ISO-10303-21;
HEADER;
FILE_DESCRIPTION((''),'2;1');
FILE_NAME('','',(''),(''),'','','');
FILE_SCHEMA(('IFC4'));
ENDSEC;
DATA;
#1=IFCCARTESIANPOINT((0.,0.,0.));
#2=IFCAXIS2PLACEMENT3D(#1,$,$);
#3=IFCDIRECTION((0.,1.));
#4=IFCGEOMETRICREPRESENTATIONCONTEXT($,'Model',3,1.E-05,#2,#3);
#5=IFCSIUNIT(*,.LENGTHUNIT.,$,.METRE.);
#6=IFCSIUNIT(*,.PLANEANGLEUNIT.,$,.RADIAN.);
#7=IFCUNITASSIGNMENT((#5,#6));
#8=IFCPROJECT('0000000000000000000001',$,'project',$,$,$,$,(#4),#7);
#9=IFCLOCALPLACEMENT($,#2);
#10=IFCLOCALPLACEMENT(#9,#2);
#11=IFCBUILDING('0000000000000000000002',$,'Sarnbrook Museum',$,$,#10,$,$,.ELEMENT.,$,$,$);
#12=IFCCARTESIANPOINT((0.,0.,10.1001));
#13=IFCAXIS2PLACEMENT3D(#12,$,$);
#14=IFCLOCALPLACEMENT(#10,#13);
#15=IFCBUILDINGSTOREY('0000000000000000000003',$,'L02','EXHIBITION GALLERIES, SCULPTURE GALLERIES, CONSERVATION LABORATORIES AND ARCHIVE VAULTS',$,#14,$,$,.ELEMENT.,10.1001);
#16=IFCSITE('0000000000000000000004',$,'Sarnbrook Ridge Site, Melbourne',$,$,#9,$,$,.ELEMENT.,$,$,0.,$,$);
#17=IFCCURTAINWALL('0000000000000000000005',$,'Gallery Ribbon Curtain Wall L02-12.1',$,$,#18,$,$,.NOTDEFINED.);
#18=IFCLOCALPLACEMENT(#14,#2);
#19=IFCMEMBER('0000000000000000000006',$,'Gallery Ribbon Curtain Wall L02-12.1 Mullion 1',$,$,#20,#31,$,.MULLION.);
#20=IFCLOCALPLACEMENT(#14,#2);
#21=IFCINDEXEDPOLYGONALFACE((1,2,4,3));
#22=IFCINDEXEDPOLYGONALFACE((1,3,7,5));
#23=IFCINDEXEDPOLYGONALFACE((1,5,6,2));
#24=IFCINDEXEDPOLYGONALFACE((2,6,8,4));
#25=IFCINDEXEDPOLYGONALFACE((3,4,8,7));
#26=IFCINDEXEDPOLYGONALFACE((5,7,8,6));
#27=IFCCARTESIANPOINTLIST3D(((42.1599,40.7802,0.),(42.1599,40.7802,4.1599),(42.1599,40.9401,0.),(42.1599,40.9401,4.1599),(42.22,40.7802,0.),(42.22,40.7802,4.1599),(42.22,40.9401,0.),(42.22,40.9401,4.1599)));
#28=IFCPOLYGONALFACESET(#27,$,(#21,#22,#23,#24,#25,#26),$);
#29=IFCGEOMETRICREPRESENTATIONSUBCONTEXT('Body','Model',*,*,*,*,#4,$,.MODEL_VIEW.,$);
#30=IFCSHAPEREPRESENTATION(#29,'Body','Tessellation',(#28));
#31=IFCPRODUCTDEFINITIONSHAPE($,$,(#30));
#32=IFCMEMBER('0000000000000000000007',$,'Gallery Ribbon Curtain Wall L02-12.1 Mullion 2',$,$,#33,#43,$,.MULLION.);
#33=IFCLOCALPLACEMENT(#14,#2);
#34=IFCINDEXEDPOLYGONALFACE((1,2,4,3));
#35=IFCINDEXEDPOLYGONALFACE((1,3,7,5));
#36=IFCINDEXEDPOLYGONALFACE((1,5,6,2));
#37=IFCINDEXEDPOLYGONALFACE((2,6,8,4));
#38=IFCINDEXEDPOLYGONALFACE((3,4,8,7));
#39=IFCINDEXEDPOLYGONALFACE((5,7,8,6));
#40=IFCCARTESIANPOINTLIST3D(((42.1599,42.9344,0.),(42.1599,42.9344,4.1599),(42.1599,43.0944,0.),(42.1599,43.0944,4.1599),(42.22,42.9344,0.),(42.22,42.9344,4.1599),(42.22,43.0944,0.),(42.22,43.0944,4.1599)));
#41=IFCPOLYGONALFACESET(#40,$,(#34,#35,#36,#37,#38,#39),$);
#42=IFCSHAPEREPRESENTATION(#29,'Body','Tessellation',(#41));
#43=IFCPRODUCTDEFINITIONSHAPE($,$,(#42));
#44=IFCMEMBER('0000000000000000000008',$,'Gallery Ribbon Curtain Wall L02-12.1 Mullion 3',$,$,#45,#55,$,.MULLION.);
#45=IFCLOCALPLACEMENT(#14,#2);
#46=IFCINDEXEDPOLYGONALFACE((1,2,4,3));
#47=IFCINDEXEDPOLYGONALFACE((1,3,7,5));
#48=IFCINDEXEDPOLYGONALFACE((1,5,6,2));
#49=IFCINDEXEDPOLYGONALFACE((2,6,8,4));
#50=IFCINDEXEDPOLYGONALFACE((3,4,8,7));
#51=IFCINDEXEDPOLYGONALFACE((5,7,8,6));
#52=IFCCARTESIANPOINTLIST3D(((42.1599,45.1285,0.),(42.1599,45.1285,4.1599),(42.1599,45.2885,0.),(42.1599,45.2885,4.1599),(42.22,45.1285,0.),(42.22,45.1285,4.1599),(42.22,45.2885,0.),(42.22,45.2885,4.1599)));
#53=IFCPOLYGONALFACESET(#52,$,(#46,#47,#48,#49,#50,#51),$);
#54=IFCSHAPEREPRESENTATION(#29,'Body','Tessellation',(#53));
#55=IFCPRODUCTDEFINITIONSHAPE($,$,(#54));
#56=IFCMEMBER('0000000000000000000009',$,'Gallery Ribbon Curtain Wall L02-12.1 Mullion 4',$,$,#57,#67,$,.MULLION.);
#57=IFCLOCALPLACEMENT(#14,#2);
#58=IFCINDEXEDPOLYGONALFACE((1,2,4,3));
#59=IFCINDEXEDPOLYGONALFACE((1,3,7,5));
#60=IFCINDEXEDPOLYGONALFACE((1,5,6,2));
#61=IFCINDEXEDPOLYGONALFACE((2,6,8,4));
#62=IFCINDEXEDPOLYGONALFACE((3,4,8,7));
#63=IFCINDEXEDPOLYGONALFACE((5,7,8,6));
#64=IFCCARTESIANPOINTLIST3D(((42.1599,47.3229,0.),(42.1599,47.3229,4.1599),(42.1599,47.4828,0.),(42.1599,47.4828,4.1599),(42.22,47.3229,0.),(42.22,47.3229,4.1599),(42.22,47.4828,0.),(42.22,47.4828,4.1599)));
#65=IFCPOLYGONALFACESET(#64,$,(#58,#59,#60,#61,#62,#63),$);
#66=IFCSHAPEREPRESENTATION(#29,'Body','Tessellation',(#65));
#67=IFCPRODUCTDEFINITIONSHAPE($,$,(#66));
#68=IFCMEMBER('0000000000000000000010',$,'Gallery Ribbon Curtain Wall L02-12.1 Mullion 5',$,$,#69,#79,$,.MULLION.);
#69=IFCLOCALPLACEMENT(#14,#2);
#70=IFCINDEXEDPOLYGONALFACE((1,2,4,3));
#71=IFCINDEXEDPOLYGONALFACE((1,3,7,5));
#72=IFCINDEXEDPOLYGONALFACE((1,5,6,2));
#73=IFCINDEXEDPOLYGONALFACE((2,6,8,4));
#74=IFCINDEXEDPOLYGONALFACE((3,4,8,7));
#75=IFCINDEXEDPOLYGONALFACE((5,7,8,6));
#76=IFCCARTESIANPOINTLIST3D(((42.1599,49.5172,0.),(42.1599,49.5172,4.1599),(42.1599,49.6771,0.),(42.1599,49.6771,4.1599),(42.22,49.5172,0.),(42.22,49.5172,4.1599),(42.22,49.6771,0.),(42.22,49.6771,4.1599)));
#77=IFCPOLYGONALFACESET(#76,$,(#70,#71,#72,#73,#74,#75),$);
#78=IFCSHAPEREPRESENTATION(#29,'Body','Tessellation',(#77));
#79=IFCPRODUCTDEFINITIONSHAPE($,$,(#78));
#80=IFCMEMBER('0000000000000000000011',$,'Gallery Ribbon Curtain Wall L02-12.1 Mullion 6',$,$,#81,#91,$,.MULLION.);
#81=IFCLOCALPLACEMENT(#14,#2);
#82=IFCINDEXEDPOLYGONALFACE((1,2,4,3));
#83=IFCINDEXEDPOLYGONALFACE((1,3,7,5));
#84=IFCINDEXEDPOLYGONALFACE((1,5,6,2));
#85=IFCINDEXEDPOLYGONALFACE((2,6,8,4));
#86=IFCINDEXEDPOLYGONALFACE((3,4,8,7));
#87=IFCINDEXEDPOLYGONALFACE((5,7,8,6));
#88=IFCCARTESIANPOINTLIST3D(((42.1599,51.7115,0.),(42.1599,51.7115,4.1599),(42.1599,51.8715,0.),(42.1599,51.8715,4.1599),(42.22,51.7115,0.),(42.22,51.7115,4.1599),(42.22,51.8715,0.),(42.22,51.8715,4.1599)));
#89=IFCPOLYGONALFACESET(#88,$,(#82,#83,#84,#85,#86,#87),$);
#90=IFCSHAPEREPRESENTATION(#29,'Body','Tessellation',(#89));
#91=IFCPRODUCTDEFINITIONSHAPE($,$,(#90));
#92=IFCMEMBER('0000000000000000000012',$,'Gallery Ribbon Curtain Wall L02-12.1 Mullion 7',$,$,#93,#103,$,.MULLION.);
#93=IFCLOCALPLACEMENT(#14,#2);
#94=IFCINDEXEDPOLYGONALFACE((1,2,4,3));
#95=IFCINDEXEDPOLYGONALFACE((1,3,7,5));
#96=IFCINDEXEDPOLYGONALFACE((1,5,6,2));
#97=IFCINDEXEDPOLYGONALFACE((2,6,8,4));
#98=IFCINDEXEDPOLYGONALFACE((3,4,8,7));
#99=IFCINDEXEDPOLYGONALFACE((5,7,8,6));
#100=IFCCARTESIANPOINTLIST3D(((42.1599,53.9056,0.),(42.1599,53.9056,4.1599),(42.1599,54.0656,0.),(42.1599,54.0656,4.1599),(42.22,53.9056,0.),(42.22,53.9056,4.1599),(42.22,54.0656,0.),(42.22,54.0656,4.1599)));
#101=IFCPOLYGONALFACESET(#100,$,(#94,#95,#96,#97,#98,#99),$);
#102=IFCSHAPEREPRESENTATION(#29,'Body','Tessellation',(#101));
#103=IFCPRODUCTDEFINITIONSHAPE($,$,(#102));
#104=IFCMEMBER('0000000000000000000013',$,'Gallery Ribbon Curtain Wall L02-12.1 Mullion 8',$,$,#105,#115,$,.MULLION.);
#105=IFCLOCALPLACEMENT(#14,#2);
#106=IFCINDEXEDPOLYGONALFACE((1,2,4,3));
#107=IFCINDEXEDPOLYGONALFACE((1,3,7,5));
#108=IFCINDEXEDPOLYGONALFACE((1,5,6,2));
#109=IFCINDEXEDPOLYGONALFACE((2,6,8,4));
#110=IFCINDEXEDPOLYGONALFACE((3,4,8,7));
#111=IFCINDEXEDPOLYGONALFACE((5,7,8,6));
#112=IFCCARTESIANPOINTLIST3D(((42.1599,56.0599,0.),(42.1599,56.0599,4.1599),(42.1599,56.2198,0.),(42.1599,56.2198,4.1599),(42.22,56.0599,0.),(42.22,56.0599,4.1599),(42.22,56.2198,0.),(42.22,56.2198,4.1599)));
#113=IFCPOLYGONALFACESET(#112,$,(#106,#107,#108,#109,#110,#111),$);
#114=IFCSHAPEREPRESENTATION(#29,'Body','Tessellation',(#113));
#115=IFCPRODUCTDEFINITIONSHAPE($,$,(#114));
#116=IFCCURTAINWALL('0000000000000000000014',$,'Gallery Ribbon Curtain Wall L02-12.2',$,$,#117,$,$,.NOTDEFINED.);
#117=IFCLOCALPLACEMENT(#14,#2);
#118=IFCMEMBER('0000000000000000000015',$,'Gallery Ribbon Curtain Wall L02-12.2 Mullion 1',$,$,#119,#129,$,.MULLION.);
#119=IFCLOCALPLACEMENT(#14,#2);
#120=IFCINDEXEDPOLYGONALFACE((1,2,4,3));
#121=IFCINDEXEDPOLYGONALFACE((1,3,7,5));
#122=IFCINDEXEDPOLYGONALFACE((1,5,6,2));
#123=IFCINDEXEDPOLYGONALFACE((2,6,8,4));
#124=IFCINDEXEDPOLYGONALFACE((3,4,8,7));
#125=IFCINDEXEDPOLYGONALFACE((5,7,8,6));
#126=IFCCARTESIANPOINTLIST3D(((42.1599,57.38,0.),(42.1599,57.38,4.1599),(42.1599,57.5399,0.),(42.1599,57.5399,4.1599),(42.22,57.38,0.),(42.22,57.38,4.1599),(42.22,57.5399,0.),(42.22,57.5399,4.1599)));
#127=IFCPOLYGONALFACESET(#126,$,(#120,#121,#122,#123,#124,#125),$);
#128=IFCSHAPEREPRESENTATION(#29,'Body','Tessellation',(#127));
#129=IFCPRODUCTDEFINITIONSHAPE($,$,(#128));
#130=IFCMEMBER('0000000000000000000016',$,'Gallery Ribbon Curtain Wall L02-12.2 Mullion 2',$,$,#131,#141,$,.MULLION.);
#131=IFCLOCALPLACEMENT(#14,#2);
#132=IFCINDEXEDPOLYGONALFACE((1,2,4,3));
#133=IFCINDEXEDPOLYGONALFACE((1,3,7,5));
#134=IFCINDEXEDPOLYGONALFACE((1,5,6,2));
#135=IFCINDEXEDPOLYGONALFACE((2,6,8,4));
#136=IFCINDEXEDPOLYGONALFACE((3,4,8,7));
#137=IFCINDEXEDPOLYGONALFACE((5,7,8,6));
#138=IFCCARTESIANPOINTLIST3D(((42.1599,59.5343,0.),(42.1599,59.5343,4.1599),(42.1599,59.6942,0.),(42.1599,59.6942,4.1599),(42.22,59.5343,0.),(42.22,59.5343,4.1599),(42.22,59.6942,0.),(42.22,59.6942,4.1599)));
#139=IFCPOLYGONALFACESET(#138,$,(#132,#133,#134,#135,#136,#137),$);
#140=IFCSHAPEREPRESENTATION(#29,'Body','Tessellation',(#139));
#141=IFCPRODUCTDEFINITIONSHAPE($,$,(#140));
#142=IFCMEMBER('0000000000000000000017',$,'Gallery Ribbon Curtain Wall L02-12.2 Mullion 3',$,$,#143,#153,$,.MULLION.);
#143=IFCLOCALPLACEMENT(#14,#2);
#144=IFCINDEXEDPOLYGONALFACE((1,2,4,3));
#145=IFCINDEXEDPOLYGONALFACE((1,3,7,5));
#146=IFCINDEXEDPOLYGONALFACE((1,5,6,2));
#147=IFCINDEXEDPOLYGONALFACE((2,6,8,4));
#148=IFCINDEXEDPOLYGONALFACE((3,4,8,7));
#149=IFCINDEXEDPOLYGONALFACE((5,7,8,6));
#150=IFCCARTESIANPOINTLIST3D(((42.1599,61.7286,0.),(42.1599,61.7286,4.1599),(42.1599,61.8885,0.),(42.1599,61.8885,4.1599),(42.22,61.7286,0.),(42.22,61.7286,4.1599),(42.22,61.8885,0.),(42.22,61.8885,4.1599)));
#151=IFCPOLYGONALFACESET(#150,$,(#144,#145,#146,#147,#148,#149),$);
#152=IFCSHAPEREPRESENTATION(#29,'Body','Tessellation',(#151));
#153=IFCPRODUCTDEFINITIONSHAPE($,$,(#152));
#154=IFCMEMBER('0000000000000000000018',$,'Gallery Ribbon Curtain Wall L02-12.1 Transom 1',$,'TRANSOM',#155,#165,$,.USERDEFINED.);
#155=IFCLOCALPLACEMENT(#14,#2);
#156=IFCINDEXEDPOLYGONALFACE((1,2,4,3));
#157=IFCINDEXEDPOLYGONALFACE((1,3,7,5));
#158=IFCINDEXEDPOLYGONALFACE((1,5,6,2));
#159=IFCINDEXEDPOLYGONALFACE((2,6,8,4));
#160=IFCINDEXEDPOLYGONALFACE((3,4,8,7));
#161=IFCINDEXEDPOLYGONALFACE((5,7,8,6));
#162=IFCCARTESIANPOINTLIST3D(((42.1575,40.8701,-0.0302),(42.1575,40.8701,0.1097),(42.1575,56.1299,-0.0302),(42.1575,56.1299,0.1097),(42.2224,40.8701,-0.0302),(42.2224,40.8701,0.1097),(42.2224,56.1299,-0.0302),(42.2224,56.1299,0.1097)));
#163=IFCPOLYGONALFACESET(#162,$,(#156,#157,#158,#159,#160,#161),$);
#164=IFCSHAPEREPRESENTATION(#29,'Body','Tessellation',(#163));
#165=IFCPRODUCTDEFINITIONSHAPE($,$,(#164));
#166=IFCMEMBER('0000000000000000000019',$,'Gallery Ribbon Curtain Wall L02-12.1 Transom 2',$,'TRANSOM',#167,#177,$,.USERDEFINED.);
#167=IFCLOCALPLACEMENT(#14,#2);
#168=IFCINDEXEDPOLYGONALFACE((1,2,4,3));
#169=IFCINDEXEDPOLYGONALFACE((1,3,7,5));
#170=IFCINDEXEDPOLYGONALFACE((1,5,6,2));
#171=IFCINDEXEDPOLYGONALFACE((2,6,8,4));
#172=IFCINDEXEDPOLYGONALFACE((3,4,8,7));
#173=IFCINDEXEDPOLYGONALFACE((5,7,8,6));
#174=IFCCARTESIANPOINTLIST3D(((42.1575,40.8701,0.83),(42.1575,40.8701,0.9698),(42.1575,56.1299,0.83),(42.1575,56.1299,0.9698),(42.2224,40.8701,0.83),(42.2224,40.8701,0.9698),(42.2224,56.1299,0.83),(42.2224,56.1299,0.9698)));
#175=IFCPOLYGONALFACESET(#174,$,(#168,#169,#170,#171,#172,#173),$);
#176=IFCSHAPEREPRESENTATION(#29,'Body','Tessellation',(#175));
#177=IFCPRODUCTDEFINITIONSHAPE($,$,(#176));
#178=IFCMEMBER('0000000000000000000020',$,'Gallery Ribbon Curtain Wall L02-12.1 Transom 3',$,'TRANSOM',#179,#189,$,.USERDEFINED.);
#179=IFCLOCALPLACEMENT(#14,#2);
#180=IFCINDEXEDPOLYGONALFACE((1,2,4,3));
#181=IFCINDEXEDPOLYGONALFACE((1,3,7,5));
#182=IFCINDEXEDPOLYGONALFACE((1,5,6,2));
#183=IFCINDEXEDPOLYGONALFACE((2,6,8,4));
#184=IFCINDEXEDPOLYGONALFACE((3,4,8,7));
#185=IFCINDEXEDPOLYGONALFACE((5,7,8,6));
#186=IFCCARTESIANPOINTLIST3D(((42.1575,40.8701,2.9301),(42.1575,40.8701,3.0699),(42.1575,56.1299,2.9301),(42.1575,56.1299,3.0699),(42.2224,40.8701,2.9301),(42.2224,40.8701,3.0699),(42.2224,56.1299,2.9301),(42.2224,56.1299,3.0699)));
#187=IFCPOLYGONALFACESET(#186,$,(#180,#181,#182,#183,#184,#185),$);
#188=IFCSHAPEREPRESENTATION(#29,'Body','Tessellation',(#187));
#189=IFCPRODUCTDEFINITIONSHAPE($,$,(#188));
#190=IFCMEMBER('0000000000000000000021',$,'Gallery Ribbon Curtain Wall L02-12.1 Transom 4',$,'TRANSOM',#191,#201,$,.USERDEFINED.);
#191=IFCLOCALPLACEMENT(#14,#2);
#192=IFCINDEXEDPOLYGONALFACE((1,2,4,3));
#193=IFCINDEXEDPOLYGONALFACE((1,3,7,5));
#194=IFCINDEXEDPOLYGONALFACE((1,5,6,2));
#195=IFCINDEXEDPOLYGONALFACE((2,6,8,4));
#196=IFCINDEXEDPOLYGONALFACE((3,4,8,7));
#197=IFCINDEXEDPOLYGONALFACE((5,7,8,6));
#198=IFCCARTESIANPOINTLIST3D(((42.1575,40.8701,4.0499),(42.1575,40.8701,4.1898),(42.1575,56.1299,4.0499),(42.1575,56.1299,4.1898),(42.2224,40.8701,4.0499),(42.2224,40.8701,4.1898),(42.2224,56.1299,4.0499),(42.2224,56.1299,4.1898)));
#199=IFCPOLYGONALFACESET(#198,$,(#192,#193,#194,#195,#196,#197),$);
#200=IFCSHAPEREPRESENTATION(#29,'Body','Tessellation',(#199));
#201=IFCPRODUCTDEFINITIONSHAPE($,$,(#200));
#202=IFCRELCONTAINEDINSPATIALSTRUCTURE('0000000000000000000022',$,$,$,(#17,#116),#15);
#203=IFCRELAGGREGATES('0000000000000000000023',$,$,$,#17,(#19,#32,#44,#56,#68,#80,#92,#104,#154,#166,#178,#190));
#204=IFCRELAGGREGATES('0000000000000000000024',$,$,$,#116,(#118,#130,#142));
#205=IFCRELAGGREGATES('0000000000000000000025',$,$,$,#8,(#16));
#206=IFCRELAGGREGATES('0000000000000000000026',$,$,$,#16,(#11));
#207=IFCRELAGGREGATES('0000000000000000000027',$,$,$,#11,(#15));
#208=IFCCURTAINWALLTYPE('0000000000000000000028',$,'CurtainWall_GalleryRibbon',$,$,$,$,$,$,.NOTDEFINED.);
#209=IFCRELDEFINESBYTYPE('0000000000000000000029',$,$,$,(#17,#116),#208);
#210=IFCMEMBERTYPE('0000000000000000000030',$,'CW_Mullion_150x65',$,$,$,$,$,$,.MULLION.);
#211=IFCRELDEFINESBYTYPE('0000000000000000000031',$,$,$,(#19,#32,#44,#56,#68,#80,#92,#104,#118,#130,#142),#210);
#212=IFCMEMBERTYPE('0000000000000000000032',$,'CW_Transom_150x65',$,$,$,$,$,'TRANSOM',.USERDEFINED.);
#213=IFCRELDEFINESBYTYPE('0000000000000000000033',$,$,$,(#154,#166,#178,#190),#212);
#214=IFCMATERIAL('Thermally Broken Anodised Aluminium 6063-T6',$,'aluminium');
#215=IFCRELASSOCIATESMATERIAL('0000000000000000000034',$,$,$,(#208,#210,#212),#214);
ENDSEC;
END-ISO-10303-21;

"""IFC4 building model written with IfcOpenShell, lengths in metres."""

from ifc_helpers import new_model, si_unit, direction, frame, origin, origin_2d, place, context, subcontext, project, spatial, rectangle, extrude, material, material_profile, profile_set, type_object, element, aggregate, save


model = new_model("IFC4")

# Units and contexts
model_context = context("Model", 3, precision=1e-05, world=origin(), true_north=direction((0.0, 1.0)))
body_context = subcontext(model_context, "Body", "Model", "MODEL_VIEW")
ifc_project = project(units=[si_unit("LENGTHUNIT", "METRE"), si_unit("PLANEANGLEUNIT", "RADIAN")], contexts=[model_context])

# Site, building, storey
site_placement = place(None, origin())
site = spatial("IfcSite", under=ifc_project, at=site_placement, Name="Sarnbrook Ridge Site, Melbourne", CompositionType="ELEMENT", RefElevation=0.0)
building_placement = place(site_placement, origin())
building = spatial("IfcBuilding", under=site, at=building_placement, Name="Sarnbrook Museum", CompositionType="ELEMENT")
storey_placement = place(building_placement, frame((0.0, 0.0, 10.1001)))
storey = spatial("IfcBuildingStorey", under=building, at=storey_placement, Name="L02", Description="EXHIBITION GALLERIES, SCULPTURE GALLERIES, CONSERVATION LABORATORIES AND ARCHIVE VAULTS", CompositionType="ELEMENT", Elevation=10.1001)

# Curtain walls, members
ifc_material_1 = material(Name="Thermally Broken Anodised Aluminium 6063-T6", Category="aluminium")
curtain_wall_type = type_object("IfcCurtainWallType", Name="CurtainWall_GalleryRibbon", PredefinedType="NOTDEFINED", material=ifc_material_1)
curtain_wall_1_placement = place(storey_placement, origin())
curtain_wall_1 = element("IfcCurtainWall", 1, at=curtain_wall_1_placement, inside=storey, type_object=curtain_wall_type, Name="Gallery Ribbon Curtain Wall L02-12.1", PredefinedType="NOTDEFINED")
ifc_material_profile_1 = material_profile(ifc_material_1, rectangle(XDim=0.0601, YDim=0.1599, at=origin_2d()), Name="ALU MULLION 60x160")
ifc_profile_set_1 = profile_set([ifc_material_profile_1], Name="Thermally Broken Anodised Aluminium 6063-T6")
member_type_1 = type_object("IfcMemberType", Name="CW_Mullion_150x65", PredefinedType="MULLION", material=ifc_profile_set_1)
member_1_placement = place(storey_placement, frame((42.1899, 40.8601, 0.0), z_axis=(0.0, 0.0, 1.0), x_axis=(1.0, 0.0, 0.0)))
member_1 = element("IfcMember", 2, at=member_1_placement, type_object=member_type_1, Name="Gallery Ribbon Curtain Wall L02-12.1 Mullion 1", PredefinedType="MULLION", context=body_context, shape_type="SweptSolid", body=[
    extrude(rectangle(XDim=0.0601, YDim=0.1599, at=origin_2d()), origin(), (0.0, 0.0, 1.0), 4.1599),
])
member_2_placement = place(storey_placement, frame((42.1899, 43.0144, 0.0), z_axis=(0.0, 0.0, 1.0), x_axis=(1.0, 0.0, 0.0)))
member_2 = element("IfcMember", 3, at=member_2_placement, type_object=member_type_1, Name="Gallery Ribbon Curtain Wall L02-12.1 Mullion 2", PredefinedType="MULLION", context=body_context, shape_type="SweptSolid", body=[
    extrude(rectangle(XDim=0.0601, YDim=0.1599, at=origin_2d()), origin(), (0.0, 0.0, 1.0), 4.1599),
])
member_3_placement = place(storey_placement, frame((42.1899, 45.2085, 0.0), z_axis=(0.0, 0.0, 1.0), x_axis=(1.0, 0.0, 0.0)))
member_3 = element("IfcMember", 4, at=member_3_placement, type_object=member_type_1, Name="Gallery Ribbon Curtain Wall L02-12.1 Mullion 3", PredefinedType="MULLION", context=body_context, shape_type="SweptSolid", body=[
    extrude(rectangle(XDim=0.0601, YDim=0.1599, at=origin_2d()), origin(), (0.0, 0.0, 1.0), 4.1599),
])
member_4_placement = place(storey_placement, frame((42.1899, 47.4028, 0.0), z_axis=(0.0, 0.0, 1.0), x_axis=(1.0, 0.0, 0.0)))
member_4 = element("IfcMember", 5, at=member_4_placement, type_object=member_type_1, Name="Gallery Ribbon Curtain Wall L02-12.1 Mullion 4", PredefinedType="MULLION", context=body_context, shape_type="SweptSolid", body=[
    extrude(rectangle(XDim=0.0601, YDim=0.1599, at=origin_2d()), origin(), (0.0, 0.0, 1.0), 4.1599),
])
member_5_placement = place(storey_placement, frame((42.1899, 49.5972, 0.0), z_axis=(0.0, 0.0, 1.0), x_axis=(1.0, 0.0, 0.0)))
member_5 = element("IfcMember", 6, at=member_5_placement, type_object=member_type_1, Name="Gallery Ribbon Curtain Wall L02-12.1 Mullion 5", PredefinedType="MULLION", context=body_context, shape_type="SweptSolid", body=[
    extrude(rectangle(XDim=0.0601, YDim=0.1599, at=origin_2d()), origin(), (0.0, 0.0, 1.0), 4.1599),
])
member_6_placement = place(storey_placement, frame((42.1899, 51.7915, 0.0), z_axis=(0.0, 0.0, 1.0), x_axis=(1.0, 0.0, 0.0)))
member_6 = element("IfcMember", 7, at=member_6_placement, type_object=member_type_1, Name="Gallery Ribbon Curtain Wall L02-12.1 Mullion 6", PredefinedType="MULLION", context=body_context, shape_type="SweptSolid", body=[
    extrude(rectangle(XDim=0.0601, YDim=0.1599, at=origin_2d()), origin(), (0.0, 0.0, 1.0), 4.1599),
])
member_7_placement = place(storey_placement, frame((42.1899, 53.9856, 0.0), z_axis=(0.0, 0.0, 1.0), x_axis=(1.0, 0.0, 0.0)))
member_7 = element("IfcMember", 8, at=member_7_placement, type_object=member_type_1, Name="Gallery Ribbon Curtain Wall L02-12.1 Mullion 7", PredefinedType="MULLION", context=body_context, shape_type="SweptSolid", body=[
    extrude(rectangle(XDim=0.0601, YDim=0.1599, at=origin_2d()), origin(), (0.0, 0.0, 1.0), 4.1599),
])
member_8_placement = place(storey_placement, frame((42.1899, 56.1399, 0.0), z_axis=(0.0, 0.0, 1.0), x_axis=(1.0, 0.0, 0.0)))
member_8 = element("IfcMember", 9, at=member_8_placement, type_object=member_type_1, Name="Gallery Ribbon Curtain Wall L02-12.1 Mullion 8", PredefinedType="MULLION", context=body_context, shape_type="SweptSolid", body=[
    extrude(rectangle(XDim=0.0601, YDim=0.1599, at=origin_2d()), origin(), (0.0, 0.0, 1.0), 4.1599),
])
curtain_wall_2_placement = place(storey_placement, origin())
curtain_wall_2 = element("IfcCurtainWall", 10, at=curtain_wall_2_placement, inside=storey, type_object=curtain_wall_type, Name="Gallery Ribbon Curtain Wall L02-12.2", PredefinedType="NOTDEFINED")
member_9_placement = place(storey_placement, frame((42.1899, 57.46, 0.0), z_axis=(0.0, 0.0, 1.0), x_axis=(1.0, 0.0, 0.0)))
member_9 = element("IfcMember", 11, at=member_9_placement, type_object=member_type_1, Name="Gallery Ribbon Curtain Wall L02-12.2 Mullion 1", PredefinedType="MULLION", context=body_context, shape_type="SweptSolid", body=[
    extrude(rectangle(XDim=0.0601, YDim=0.1599, at=origin_2d()), origin(), (0.0, 0.0, 1.0), 4.1599),
])
member_10_placement = place(storey_placement, frame((42.1899, 59.6143, 0.0), z_axis=(0.0, 0.0, 1.0), x_axis=(1.0, 0.0, 0.0)))
member_10 = element("IfcMember", 12, at=member_10_placement, type_object=member_type_1, Name="Gallery Ribbon Curtain Wall L02-12.2 Mullion 2", PredefinedType="MULLION", context=body_context, shape_type="SweptSolid", body=[
    extrude(rectangle(XDim=0.0601, YDim=0.1599, at=origin_2d()), origin(), (0.0, 0.0, 1.0), 4.1599),
])
member_11_placement = place(storey_placement, frame((42.1899, 61.8086, 0.0), z_axis=(0.0, 0.0, 1.0), x_axis=(1.0, 0.0, 0.0)))
member_11 = element("IfcMember", 13, at=member_11_placement, type_object=member_type_1, Name="Gallery Ribbon Curtain Wall L02-12.2 Mullion 3", PredefinedType="MULLION", context=body_context, shape_type="SweptSolid", body=[
    extrude(rectangle(XDim=0.0601, YDim=0.1599, at=origin_2d()), origin(), (0.0, 0.0, 1.0), 4.1599),
])

# Members
ifc_material_profile_2 = material_profile(ifc_material_1, rectangle(XDim=0.0649, YDim=0.1399, at=origin_2d()), Name="ALU TRANSOM 65x140")
ifc_profile_set_2 = profile_set([ifc_material_profile_2], Name="Thermally Broken Anodised Aluminium 6063-T6")
member_type_2 = type_object("IfcMemberType", Name="CW_Transom_150x65", ElementType="TRANSOM", PredefinedType="USERDEFINED", material=ifc_profile_set_2)
member_12_placement = place(storey_placement, frame((42.1899, 40.8701, 0.0398), z_axis=(0.0, 1.0, 0.0), x_axis=(-1.0, 0.0, 0.0)))
member_12 = element("IfcMember", 14, at=member_12_placement, type_object=member_type_2, Name="Gallery Ribbon Curtain Wall L02-12.1 Transom 1", ObjectType="TRANSOM", PredefinedType="USERDEFINED", context=body_context, shape_type="SweptSolid", body=[
    extrude(rectangle(XDim=0.0649, YDim=0.1399, at=origin_2d()), origin(), (0.0, 0.0, 1.0), 15.2598),
])
member_13_placement = place(storey_placement, frame((42.1899, 40.8701, 0.8999), z_axis=(0.0, 1.0, 0.0), x_axis=(-1.0, 0.0, 0.0)))
member_13 = element("IfcMember", 15, at=member_13_placement, type_object=member_type_2, Name="Gallery Ribbon Curtain Wall L02-12.1 Transom 2", ObjectType="TRANSOM", PredefinedType="USERDEFINED", context=body_context, shape_type="SweptSolid", body=[
    extrude(rectangle(XDim=0.0649, YDim=0.1399, at=origin_2d()), origin(), (0.0, 0.0, 1.0), 15.2598),
])
member_14_placement = place(storey_placement, frame((42.1899, 40.8701, 3.0), z_axis=(0.0, 1.0, 0.0), x_axis=(-1.0, 0.0, 0.0)))
member_14 = element("IfcMember", 16, at=member_14_placement, type_object=member_type_2, Name="Gallery Ribbon Curtain Wall L02-12.1 Transom 3", ObjectType="TRANSOM", PredefinedType="USERDEFINED", context=body_context, shape_type="SweptSolid", body=[
    extrude(rectangle(XDim=0.0649, YDim=0.1399, at=origin_2d()), origin(), (0.0, 0.0, 1.0), 15.2598),
])
member_15_placement = place(storey_placement, frame((42.1899, 40.8701, 4.1199), z_axis=(0.0, 1.0, 0.0), x_axis=(-1.0, 0.0, 0.0)))
member_15 = element("IfcMember", 17, at=member_15_placement, type_object=member_type_2, Name="Gallery Ribbon Curtain Wall L02-12.1 Transom 4", ObjectType="TRANSOM", PredefinedType="USERDEFINED", context=body_context, shape_type="SweptSolid", body=[
    extrude(rectangle(XDim=0.0649, YDim=0.1399, at=origin_2d()), origin(), (0.0, 0.0, 1.0), 15.2598),
])
aggregate(curtain_wall_1, [member_1, member_2, member_3, member_4, member_5, member_6, member_7, member_8, member_12, member_13, member_14, member_15])

aggregate(curtain_wall_2, [member_9, member_10, member_11])

save(model, "model.ifc")
